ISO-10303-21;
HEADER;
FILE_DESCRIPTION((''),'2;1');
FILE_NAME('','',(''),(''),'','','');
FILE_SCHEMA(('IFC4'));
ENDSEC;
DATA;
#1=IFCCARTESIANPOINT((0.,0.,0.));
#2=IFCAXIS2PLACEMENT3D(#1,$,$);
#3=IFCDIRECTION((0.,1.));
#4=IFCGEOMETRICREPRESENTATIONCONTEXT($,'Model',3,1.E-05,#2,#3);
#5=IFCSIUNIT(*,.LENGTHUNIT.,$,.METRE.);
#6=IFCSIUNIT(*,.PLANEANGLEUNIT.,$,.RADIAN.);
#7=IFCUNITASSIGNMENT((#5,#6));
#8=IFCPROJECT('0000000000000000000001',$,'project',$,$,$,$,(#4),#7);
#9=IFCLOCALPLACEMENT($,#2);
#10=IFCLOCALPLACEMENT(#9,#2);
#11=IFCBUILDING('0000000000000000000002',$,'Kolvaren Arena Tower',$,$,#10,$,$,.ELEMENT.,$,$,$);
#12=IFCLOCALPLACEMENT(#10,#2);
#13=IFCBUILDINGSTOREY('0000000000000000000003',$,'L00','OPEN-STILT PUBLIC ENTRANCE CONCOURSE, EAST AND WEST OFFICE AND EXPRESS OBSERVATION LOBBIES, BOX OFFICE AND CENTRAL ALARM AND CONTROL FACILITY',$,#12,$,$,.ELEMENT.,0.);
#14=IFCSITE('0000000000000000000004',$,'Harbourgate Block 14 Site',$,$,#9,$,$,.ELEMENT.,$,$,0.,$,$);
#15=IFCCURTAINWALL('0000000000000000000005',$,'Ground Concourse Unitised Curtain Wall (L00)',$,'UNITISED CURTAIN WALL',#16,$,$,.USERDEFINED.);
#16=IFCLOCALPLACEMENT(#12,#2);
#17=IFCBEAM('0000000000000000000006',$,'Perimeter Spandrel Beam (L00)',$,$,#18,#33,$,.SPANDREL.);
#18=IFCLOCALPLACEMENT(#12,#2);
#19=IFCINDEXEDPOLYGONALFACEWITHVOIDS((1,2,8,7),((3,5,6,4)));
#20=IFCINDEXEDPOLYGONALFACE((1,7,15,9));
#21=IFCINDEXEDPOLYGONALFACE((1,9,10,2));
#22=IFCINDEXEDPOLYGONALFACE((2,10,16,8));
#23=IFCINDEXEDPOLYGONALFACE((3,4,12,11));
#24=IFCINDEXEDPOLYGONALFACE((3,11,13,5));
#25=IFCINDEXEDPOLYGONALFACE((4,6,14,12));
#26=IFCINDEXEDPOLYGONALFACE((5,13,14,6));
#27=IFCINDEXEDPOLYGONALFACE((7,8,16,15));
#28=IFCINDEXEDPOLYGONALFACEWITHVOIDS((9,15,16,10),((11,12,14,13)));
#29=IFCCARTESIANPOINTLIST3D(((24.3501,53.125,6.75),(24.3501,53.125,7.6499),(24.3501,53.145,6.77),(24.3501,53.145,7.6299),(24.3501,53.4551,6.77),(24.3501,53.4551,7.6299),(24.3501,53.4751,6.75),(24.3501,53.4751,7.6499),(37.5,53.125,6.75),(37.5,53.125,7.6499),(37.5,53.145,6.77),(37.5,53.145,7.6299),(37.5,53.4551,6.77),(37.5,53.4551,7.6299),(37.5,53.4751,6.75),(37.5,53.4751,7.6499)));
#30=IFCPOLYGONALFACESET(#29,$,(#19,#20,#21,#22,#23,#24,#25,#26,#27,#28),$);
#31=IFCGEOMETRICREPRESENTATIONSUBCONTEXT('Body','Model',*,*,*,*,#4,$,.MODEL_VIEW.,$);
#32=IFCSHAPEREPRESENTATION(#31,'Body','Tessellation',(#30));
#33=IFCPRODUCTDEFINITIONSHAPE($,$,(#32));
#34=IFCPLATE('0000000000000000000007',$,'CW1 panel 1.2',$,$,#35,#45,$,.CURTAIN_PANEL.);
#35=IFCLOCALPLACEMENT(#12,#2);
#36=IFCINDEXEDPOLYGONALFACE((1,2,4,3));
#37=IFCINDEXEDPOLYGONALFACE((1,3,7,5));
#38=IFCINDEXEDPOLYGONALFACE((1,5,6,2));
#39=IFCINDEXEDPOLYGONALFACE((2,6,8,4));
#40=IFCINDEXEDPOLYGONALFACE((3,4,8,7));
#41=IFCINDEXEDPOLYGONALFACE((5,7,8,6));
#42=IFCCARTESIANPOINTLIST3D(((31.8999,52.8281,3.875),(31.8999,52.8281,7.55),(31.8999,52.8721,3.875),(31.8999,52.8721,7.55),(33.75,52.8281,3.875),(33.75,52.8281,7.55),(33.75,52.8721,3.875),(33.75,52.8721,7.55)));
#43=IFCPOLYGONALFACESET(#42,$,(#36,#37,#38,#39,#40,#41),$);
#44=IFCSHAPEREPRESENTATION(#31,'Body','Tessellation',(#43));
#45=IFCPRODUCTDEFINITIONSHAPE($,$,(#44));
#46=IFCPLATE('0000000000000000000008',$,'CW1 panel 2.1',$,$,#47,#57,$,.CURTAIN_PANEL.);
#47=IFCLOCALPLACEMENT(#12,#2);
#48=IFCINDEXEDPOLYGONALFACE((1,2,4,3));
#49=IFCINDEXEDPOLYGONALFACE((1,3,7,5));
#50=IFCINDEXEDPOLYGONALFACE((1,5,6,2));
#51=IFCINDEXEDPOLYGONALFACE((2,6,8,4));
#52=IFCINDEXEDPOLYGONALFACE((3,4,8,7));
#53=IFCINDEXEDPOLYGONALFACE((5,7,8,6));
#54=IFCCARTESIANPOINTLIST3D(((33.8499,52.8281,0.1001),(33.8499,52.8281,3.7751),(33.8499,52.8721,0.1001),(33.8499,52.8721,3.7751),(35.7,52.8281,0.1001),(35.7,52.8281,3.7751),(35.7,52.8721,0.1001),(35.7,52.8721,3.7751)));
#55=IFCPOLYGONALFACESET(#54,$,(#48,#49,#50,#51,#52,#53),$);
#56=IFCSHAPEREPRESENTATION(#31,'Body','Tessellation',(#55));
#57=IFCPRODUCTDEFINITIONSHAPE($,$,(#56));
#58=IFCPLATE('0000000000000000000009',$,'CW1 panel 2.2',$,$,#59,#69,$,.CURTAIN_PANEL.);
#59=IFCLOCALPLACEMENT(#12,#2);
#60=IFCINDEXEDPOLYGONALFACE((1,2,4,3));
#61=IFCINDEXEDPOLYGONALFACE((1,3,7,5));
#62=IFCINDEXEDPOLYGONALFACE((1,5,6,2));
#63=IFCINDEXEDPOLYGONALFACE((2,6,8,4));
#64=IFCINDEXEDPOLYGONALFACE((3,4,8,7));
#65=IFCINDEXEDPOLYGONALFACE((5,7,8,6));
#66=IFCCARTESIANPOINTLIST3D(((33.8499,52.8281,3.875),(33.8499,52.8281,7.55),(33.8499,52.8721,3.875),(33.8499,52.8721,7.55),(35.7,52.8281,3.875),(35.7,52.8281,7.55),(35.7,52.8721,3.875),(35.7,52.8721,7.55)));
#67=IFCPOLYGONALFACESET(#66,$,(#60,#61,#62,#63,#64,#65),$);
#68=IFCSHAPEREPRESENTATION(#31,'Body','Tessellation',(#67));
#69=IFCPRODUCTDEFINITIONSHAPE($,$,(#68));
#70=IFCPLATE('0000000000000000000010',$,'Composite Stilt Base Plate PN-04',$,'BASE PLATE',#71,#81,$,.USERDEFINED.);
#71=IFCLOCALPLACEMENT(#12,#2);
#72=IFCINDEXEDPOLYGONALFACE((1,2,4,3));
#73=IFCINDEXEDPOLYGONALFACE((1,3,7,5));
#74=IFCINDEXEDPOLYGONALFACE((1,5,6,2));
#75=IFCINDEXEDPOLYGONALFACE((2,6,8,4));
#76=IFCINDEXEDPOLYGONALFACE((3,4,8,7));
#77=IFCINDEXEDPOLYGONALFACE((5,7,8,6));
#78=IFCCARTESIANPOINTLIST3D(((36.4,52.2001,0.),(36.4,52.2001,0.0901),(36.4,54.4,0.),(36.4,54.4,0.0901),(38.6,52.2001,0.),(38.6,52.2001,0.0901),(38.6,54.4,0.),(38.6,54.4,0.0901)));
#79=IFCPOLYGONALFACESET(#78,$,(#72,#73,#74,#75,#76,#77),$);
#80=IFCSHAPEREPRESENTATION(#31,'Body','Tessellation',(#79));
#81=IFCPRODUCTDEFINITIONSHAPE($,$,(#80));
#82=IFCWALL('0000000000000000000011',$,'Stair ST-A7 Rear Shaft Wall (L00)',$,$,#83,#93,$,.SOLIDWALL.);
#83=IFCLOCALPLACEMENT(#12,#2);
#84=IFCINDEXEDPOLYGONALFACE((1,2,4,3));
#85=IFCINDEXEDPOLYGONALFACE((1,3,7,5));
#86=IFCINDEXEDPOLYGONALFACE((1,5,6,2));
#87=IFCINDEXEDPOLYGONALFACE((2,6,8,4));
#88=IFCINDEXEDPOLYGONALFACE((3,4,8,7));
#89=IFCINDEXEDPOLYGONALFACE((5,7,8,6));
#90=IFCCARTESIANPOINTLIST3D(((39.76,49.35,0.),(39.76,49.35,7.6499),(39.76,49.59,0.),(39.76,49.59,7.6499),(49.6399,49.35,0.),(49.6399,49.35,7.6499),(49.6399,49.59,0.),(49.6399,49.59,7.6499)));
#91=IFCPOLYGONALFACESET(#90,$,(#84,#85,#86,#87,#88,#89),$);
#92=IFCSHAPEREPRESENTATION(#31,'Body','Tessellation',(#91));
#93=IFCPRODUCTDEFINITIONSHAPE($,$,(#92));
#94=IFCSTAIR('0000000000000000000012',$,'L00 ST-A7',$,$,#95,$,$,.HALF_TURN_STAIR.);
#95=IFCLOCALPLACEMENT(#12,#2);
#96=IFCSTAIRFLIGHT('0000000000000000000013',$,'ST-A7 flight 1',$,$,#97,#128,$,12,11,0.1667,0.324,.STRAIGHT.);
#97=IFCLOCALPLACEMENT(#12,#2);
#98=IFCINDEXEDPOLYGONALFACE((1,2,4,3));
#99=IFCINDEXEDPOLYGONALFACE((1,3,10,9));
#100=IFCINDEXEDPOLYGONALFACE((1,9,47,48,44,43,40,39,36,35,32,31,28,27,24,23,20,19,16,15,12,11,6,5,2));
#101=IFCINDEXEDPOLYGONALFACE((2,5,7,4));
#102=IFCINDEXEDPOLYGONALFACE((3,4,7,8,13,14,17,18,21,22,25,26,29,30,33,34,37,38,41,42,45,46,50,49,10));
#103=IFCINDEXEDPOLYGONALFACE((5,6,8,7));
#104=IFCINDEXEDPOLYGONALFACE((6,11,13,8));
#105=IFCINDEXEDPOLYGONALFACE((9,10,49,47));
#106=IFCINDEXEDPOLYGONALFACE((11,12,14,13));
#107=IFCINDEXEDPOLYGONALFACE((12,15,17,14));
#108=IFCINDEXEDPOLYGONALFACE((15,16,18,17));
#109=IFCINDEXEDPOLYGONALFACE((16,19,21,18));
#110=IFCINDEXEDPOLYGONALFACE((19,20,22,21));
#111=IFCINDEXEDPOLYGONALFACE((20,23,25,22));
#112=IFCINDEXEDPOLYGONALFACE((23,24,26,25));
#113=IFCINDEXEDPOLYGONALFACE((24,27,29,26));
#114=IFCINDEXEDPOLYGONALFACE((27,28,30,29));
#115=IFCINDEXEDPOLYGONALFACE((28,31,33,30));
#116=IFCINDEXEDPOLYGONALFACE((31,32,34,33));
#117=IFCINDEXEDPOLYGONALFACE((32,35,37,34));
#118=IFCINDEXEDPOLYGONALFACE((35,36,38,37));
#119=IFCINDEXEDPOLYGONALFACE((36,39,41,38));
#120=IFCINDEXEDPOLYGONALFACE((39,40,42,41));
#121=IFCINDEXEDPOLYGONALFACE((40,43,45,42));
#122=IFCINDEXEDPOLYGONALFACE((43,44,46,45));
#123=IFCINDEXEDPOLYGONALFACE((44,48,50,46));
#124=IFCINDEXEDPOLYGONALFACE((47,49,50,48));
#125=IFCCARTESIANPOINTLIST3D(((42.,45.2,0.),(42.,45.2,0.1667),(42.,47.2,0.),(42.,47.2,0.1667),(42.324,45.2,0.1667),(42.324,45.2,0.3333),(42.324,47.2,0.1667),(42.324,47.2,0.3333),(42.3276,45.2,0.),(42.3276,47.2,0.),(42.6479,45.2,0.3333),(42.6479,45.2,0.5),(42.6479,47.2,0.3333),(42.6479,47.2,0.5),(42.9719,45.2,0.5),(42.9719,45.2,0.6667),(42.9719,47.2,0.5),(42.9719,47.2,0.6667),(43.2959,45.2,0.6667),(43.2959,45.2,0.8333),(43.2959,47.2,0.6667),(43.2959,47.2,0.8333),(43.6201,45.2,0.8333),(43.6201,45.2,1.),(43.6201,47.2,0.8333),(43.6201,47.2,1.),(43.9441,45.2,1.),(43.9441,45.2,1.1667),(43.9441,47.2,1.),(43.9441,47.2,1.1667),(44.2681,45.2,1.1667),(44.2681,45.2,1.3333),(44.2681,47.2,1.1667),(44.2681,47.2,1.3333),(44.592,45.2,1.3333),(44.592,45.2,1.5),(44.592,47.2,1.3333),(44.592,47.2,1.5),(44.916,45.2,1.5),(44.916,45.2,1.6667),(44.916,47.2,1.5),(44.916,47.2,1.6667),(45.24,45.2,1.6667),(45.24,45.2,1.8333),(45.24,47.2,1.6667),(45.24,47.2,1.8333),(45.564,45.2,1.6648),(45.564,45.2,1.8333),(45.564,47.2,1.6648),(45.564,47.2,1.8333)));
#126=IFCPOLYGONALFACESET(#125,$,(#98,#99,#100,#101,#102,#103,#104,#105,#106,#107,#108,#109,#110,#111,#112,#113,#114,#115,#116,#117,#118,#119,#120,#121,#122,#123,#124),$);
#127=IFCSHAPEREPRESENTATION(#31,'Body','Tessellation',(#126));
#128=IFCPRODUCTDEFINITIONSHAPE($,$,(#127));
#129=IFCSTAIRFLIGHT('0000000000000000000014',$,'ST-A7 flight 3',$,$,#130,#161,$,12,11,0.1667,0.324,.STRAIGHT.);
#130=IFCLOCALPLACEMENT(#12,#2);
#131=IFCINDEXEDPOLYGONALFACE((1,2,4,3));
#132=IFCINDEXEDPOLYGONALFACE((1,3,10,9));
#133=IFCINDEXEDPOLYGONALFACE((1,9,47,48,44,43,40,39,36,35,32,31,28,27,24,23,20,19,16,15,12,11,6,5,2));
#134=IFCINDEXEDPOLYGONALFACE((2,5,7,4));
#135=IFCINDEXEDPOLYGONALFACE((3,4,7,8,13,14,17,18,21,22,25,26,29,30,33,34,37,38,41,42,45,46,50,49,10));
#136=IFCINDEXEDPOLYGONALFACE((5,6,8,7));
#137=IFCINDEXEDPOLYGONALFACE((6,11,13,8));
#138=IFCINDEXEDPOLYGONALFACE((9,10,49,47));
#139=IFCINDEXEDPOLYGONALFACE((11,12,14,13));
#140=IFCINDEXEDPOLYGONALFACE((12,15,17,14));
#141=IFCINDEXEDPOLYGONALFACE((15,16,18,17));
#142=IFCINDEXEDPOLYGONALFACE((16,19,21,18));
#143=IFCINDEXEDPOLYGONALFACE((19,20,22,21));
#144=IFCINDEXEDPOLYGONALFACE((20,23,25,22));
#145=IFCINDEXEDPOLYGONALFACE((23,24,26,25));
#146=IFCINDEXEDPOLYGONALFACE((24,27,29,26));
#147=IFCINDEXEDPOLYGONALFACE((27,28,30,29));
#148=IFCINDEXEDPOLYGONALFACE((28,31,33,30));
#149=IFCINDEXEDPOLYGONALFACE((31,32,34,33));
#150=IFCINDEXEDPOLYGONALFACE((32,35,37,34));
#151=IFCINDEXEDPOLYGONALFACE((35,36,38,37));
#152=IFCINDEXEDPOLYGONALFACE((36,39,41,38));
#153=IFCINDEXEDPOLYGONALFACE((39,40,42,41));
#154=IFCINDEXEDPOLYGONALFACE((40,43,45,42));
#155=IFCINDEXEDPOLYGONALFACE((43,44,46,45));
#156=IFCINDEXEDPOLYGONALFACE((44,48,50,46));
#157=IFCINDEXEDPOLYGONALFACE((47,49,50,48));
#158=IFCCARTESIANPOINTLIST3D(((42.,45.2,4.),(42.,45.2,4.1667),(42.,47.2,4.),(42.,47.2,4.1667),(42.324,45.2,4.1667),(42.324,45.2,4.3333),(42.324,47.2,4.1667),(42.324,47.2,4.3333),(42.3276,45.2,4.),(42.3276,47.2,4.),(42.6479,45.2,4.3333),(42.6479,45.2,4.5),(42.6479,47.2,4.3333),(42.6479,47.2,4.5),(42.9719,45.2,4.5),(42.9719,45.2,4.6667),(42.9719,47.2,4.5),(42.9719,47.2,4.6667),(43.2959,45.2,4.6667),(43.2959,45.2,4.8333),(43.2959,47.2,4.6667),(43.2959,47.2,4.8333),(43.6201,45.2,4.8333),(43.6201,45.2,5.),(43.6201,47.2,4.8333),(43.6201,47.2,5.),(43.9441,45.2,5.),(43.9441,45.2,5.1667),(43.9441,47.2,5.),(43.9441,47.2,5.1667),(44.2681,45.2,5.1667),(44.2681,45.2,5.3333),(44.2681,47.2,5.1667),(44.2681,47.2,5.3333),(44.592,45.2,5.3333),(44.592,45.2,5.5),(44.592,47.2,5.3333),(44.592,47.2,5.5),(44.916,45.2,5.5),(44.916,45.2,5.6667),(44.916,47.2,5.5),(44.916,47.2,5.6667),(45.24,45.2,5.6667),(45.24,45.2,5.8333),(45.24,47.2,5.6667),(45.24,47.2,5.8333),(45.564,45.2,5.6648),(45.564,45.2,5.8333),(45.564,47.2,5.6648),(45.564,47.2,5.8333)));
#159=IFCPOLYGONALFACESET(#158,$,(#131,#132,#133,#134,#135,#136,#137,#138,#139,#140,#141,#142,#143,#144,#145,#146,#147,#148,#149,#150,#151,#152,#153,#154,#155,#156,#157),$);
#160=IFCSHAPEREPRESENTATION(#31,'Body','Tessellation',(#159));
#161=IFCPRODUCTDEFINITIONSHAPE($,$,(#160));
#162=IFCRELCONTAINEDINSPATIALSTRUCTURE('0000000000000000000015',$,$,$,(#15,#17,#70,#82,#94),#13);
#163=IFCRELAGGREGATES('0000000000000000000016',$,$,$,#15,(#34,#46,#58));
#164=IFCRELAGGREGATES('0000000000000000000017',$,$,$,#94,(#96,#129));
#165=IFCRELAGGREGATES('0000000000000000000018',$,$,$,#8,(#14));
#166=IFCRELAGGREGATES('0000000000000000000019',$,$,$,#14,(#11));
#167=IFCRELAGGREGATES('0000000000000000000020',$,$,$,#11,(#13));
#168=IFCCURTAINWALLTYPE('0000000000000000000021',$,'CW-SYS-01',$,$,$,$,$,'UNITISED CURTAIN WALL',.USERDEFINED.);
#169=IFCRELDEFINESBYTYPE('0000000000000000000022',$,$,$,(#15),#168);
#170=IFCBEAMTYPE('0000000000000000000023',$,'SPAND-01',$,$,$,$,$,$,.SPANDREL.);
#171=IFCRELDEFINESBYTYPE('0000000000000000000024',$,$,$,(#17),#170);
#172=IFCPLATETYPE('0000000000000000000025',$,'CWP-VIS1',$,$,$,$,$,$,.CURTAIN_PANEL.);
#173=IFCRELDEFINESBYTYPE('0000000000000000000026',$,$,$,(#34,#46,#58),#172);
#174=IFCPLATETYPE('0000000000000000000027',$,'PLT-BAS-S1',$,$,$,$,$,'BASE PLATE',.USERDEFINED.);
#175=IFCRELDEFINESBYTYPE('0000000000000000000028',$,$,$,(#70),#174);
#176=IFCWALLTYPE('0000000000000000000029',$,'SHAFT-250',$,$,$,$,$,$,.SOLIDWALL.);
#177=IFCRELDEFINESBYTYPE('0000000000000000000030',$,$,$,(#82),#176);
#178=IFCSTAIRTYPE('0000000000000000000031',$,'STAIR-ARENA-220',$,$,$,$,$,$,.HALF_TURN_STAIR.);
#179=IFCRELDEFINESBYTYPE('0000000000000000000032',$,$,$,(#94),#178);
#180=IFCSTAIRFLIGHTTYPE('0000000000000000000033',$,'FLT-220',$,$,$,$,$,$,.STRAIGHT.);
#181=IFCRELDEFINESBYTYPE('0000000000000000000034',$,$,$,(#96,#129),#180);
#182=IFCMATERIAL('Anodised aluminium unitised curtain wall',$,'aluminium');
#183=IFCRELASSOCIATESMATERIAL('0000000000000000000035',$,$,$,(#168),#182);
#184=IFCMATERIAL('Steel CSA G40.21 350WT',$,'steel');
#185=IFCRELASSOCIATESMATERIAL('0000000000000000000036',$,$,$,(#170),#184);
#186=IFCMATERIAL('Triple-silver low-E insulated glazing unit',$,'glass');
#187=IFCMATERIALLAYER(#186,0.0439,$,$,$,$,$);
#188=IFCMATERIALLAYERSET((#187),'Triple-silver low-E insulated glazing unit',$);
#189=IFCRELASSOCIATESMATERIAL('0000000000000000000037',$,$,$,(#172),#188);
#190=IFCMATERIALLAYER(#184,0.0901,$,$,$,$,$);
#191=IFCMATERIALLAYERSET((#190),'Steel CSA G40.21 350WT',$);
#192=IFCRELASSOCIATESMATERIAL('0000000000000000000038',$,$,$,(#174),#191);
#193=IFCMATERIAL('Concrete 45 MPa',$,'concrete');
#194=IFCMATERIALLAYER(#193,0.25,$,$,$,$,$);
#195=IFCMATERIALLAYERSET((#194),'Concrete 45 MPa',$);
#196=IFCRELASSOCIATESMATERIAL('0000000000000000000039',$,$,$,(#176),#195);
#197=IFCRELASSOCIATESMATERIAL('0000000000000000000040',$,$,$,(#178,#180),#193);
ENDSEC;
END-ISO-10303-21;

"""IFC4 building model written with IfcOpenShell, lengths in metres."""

from ifc_helpers import new_model, si_unit, direction, frame, frame_2d, origin, origin_2d, place, context, subcontext, project, spatial, polyline, rectangle, hollow_rectangle, outline, extrude, material, layer, layer_set, material_profile, profile_set, type_object, element, aggregate, save


model = new_model("IFC4")

# Units and contexts
model_context = context("Model", 3, precision=1e-05, world=origin(), true_north=direction((0.0, 1.0)))
body_context = subcontext(model_context, "Body", "Model", "MODEL_VIEW")
ifc_project = project(units=[si_unit("LENGTHUNIT", "METRE"), si_unit("PLANEANGLEUNIT", "RADIAN")], contexts=[model_context])

# Site, building, storey
site_placement = place(None, origin())
site = spatial("IfcSite", under=ifc_project, at=site_placement, Name="Harbourgate Block 14 Site", CompositionType="ELEMENT", RefElevation=0.0)
building_placement = place(site_placement, origin())
building = spatial("IfcBuilding", under=site, at=building_placement, Name="Kolvaren Arena Tower", CompositionType="ELEMENT")
storey_placement = place(building_placement, origin())
storey = spatial("IfcBuildingStorey", under=building, at=storey_placement, Name="L00", Description="OPEN-STILT PUBLIC ENTRANCE CONCOURSE, EAST AND WEST OFFICE AND EXPRESS OBSERVATION LOBBIES, BOX OFFICE AND CENTRAL ALARM AND CONTROL FACILITY", CompositionType="ELEMENT", Elevation=0.0)

# Curtain wall
ifc_material_1 = material(Name="Anodised aluminium unitised curtain wall", Category="aluminium")
curtain_wall_type = type_object("IfcCurtainWallType", Name="CW-SYS-01", ElementType="UNITISED CURTAIN WALL", PredefinedType="USERDEFINED", material=ifc_material_1)
curtain_wall_1_placement = place(storey_placement, origin())
curtain_wall_1 = element("IfcCurtainWall", 1, at=curtain_wall_1_placement, inside=storey, type_object=curtain_wall_type, Name="Ground Concourse Unitised Curtain Wall (L00)", ObjectType="UNITISED CURTAIN WALL", PredefinedType="USERDEFINED")

# Beam
ifc_material_2 = material(Name="Steel CSA G40.21 350WT", Category="steel")
ifc_material_profile_1 = material_profile(ifc_material_2, hollow_rectangle(XDim=0.3501, YDim=0.8999, WallThickness=0.02, at=origin_2d()), Name="HSS 900x350x20")
ifc_profile_set_1 = profile_set([ifc_material_profile_1], Name="Steel CSA G40.21 350WT")
beam_type = type_object("IfcBeamType", Name="SPAND-01", PredefinedType="SPANDREL", material=ifc_profile_set_1)
beam_placement = place(storey_placement, frame((37.5, 53.3, 7.2), z_axis=(-1.0, 0.0, 0.0), x_axis=(0.0, -1.0, 0.0)))
element("IfcBeam", 2, at=beam_placement, inside=storey, type_object=beam_type, Name="Perimeter Spandrel Beam (L00)", PredefinedType="SPANDREL", context=body_context, shape_type="SweptSolid", body=[
    extrude(hollow_rectangle(XDim=0.3501, YDim=0.8999, WallThickness=0.02, at=origin_2d()), origin(), (0.0, 0.0, 1.0), 13.1499),
])

# Plates
ifc_material_3 = material(Name="Triple-silver low-E insulated glazing unit", Category="glass")
ifc_layer_1 = layer(ifc_material_3, 0.0439)
ifc_layer_set_1 = layer_set([ifc_layer_1], Name="Triple-silver low-E insulated glazing unit")
plate_type_1 = type_object("IfcPlateType", Name="CWP-VIS1", PredefinedType="CURTAIN_PANEL", material=ifc_layer_set_1)
plate_1_placement = place(storey_placement, frame((32.825, 52.8501, 3.875), z_axis=(0.0, 0.0, 1.0), x_axis=(1.0, 0.0, 0.0)))
plate_1 = element("IfcPlate", 3, at=plate_1_placement, type_object=plate_type_1, Name="CW1 panel 1.2", PredefinedType="CURTAIN_PANEL", context=body_context, shape_type="SweptSolid", body=[
    extrude(rectangle(XDim=1.8501, YDim=0.0439, at=origin_2d()), origin(), (0.0, 0.0, 1.0), 3.675),
])
plate_2_placement = place(storey_placement, frame((34.7749, 52.8501, 0.1001), z_axis=(0.0, 0.0, 1.0), x_axis=(1.0, 0.0, 0.0)))
plate_2 = element("IfcPlate", 4, at=plate_2_placement, type_object=plate_type_1, Name="CW1 panel 2.1", PredefinedType="CURTAIN_PANEL", context=body_context, shape_type="SweptSolid", body=[
    extrude(rectangle(XDim=1.8501, YDim=0.0439, at=origin_2d()), origin(), (0.0, 0.0, 1.0), 3.675),
])
plate_3_placement = place(storey_placement, frame((34.7749, 52.8501, 3.875), z_axis=(0.0, 0.0, 1.0), x_axis=(1.0, 0.0, 0.0)))
plate_3 = element("IfcPlate", 5, at=plate_3_placement, type_object=plate_type_1, Name="CW1 panel 2.2", PredefinedType="CURTAIN_PANEL", context=body_context, shape_type="SweptSolid", body=[
    extrude(rectangle(XDim=1.8501, YDim=0.0439, at=origin_2d()), origin(), (0.0, 0.0, 1.0), 3.675),
])
aggregate(curtain_wall_1, [plate_1, plate_2, plate_3])
ifc_layer_2 = layer(ifc_material_2, 0.0901)
ifc_layer_set_2 = layer_set([ifc_layer_2], Name="Steel CSA G40.21 350WT")
plate_type_2 = type_object("IfcPlateType", Name="PLT-BAS-S1", ElementType="BASE PLATE", PredefinedType="USERDEFINED", material=ifc_layer_set_2)
plate_4_placement = place(storey_placement, frame((37.5, 53.3, 0.0), z_axis=(0.0, 0.0, 1.0), x_axis=(1.0, 0.0, 0.0)))
element("IfcPlate", 6, at=plate_4_placement, inside=storey, type_object=plate_type_2, Name="Composite Stilt Base Plate PN-04", ObjectType="BASE PLATE", PredefinedType="USERDEFINED", context=body_context, shape_type="SweptSolid", body=[
    extrude(rectangle(XDim=2.2, YDim=2.2, at=origin_2d()), origin(), (0.0, 0.0, 1.0), 0.0901),
])

# Wall
ifc_material_4 = material(Name="Concrete 45 MPa", Category="concrete")
ifc_layer_3 = layer(ifc_material_4, 0.25)
ifc_layer_set_3 = layer_set([ifc_layer_3], Name="Concrete 45 MPa")
wall_type = type_object("IfcWallType", Name="SHAFT-250", PredefinedType="SOLIDWALL", material=ifc_layer_set_3)
wall_placement = place(storey_placement, frame((39.76, 49.47, 0.0), z_axis=(0.0, 0.0, 1.0), x_axis=(1.0, 0.0, 0.0)))
element("IfcWall", 7, at=wall_placement, inside=storey, type_object=wall_type, Name="Stair ST-A7 Rear Shaft Wall (L00)", PredefinedType="SOLIDWALL", context=body_context, shape_type="SweptSolid", body=[
    extrude(rectangle(XDim=9.8799, YDim=0.24, at=frame_2d((4.9399, 0.0))), origin(), (0.0, 0.0, 1.0), 7.6499),
])

# Stair, stair flights
stair_type = type_object("IfcStairType", Name="STAIR-ARENA-220", PredefinedType="HALF_TURN_STAIR", material=ifc_material_4)
stair_placement = place(storey_placement, origin())
stair = element("IfcStair", 8, at=stair_placement, inside=storey, type_object=stair_type, Name="L00 ST-A7", PredefinedType="HALF_TURN_STAIR")
stair_flight_type = type_object("IfcStairFlightType", Name="FLT-220", PredefinedType="STRAIGHT", material=ifc_material_4)
stair_flight_1_placement = place(storey_placement, frame((42.0, 46.2, 0.0), z_axis=(0.0, 0.0, 1.0), x_axis=(1.0, 0.0, 0.0)))
stair_flight_1 = element("IfcStairFlight", 9, at=stair_flight_1_placement, type_object=stair_flight_type, Name="ST-A7 flight 1", NumberOfRisers=12, NumberOfTreads=11, PredefinedType="STRAIGHT", RiserHeight=0.1667, TreadLength=0.324, context=body_context, shape_type="SweptSolid", body=[
    extrude(outline(polyline([(0.0, 0.0), (0.0, 0.1667), (0.324, 0.1667), (0.324, 0.3333), (0.6479, 0.3333), (0.6479, 0.5), (0.9719, 0.5), (0.9719, 0.6667), (1.2959, 0.6667), (1.2959, 0.8333), (1.6201, 0.8333), (1.6201, 1.0), (1.9441, 1.0), (1.9441, 1.1667), (2.2681, 1.1667), (2.2681, 1.3333), (2.592, 1.3333), (2.592, 1.5), (2.916, 1.5), (2.916, 1.6667), (3.24, 1.6667), (3.24, 1.8333), (3.564, 1.8333), (3.564, 2.0), (3.564, 1.6648), (0.3276, 0.0), (0.0, 0.0)])), frame((0.0, 1.0, 0.0), z_axis=(0.0, -1.0, 0.0), x_axis=(1.0, 0.0, 0.0)), (0.0, 0.0, 1.0), 2.0),
])
stair_flight_2_placement = place(storey_placement, frame((42.0, 46.2, 4.0), z_axis=(0.0, 0.0, 1.0), x_axis=(1.0, 0.0, 0.0)))
stair_flight_2 = element("IfcStairFlight", 10, at=stair_flight_2_placement, type_object=stair_flight_type, Name="ST-A7 flight 3", NumberOfRisers=12, NumberOfTreads=11, PredefinedType="STRAIGHT", RiserHeight=0.1667, TreadLength=0.324, context=body_context, shape_type="SweptSolid", body=[
    extrude(outline(polyline([(0.0, 0.0), (0.0, 0.1667), (0.324, 0.1667), (0.324, 0.3333), (0.6479, 0.3333), (0.6479, 0.5), (0.9719, 0.5), (0.9719, 0.6667), (1.2959, 0.6667), (1.2959, 0.8333), (1.6201, 0.8333), (1.6201, 1.0), (1.9441, 1.0), (1.9441, 1.1667), (2.2681, 1.1667), (2.2681, 1.3333), (2.592, 1.3333), (2.592, 1.5), (2.916, 1.5), (2.916, 1.6667), (3.24, 1.6667), (3.24, 1.8333), (3.564, 1.8333), (3.564, 2.0), (3.564, 1.6648), (0.3276, 0.0), (0.0, 0.0)])), frame((0.0, 1.0, 0.0), z_axis=(0.0, -1.0, 0.0), x_axis=(1.0, 0.0, 0.0)), (0.0, 0.0, 1.0), 2.0),
])
aggregate(stair, [stair_flight_1, stair_flight_2])

save(model, "model.ifc")
